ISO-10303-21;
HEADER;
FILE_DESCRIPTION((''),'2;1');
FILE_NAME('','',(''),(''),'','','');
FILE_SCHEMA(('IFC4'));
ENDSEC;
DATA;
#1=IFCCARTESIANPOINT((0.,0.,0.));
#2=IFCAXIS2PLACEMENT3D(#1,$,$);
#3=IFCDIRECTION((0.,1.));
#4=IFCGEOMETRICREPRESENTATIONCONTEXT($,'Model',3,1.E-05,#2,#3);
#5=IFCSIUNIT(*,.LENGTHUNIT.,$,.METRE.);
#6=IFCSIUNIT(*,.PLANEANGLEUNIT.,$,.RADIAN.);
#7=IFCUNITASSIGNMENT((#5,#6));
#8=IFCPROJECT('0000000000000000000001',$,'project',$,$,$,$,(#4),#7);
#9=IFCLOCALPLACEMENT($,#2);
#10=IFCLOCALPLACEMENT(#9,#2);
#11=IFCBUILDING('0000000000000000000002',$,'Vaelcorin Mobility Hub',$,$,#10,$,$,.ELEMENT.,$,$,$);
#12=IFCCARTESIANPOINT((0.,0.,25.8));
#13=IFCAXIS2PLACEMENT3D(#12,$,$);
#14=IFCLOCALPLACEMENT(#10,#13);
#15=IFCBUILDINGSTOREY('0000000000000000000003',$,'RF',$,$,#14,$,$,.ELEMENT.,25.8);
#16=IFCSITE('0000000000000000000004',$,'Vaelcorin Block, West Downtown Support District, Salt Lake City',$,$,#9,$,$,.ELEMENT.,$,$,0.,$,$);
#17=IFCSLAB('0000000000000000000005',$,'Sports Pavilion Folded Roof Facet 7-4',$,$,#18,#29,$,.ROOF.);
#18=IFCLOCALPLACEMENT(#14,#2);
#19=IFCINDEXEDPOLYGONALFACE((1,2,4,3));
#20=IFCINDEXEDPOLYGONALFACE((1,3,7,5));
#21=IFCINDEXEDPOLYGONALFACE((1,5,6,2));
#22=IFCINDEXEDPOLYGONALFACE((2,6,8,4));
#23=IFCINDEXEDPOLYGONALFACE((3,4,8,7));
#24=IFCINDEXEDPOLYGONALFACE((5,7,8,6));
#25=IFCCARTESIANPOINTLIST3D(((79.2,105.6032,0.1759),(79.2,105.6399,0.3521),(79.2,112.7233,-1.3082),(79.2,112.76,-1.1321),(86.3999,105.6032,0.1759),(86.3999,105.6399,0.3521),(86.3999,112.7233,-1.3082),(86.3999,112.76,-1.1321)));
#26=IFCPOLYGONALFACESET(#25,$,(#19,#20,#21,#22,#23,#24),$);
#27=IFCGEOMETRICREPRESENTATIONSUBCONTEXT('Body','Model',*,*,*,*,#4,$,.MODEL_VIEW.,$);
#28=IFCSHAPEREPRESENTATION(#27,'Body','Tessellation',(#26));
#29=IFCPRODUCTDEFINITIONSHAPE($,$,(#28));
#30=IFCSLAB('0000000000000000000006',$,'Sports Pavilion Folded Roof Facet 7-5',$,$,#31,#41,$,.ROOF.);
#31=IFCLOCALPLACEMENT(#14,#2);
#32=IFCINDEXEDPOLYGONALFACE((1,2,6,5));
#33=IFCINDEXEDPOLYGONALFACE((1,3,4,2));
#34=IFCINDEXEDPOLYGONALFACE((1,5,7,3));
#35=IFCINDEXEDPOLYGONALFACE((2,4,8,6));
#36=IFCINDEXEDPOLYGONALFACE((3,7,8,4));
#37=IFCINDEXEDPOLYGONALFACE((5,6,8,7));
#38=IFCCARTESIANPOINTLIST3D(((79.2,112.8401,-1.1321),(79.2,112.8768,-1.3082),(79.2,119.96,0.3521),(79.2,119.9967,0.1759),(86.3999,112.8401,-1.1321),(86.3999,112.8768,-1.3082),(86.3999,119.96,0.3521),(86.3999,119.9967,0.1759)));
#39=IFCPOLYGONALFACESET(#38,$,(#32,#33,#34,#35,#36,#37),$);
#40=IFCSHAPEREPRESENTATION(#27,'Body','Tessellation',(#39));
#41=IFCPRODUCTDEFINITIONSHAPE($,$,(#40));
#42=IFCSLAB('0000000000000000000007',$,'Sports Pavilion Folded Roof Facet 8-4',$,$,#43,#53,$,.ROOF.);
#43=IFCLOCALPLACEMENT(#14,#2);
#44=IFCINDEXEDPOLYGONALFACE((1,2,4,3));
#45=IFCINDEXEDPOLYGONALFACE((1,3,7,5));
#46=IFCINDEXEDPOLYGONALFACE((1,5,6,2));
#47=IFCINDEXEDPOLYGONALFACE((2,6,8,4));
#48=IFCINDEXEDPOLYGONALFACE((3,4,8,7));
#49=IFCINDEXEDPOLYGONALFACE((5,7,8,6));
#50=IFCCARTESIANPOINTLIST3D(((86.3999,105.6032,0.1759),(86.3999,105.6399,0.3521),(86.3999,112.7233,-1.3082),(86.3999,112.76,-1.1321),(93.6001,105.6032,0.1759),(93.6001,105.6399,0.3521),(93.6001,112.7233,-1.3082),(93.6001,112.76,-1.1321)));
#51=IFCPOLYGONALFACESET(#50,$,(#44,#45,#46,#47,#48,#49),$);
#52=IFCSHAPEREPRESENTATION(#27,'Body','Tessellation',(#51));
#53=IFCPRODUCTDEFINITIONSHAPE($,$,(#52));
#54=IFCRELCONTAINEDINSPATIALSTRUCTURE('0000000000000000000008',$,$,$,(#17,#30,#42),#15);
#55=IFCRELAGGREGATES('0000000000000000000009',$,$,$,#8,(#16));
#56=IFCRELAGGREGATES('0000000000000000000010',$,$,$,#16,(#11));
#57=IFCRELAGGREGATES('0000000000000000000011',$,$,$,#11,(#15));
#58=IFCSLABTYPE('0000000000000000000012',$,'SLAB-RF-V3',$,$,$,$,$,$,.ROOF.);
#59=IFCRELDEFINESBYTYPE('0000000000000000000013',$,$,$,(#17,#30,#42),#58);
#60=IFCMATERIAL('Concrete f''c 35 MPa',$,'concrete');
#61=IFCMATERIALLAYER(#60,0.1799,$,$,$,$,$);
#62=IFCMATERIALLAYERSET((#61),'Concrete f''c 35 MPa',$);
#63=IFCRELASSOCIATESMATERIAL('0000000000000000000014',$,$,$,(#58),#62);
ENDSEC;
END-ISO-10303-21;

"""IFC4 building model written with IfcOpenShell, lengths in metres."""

from ifc_helpers import new_model, si_unit, direction, frame, origin, place, context, subcontext, project, spatial, polyline, outline, extrude, material, layer, layer_set, type_object, element, save


model = new_model("IFC4")

# Units and contexts
model_context = context("Model", 3, precision=1e-05, world=origin(), true_north=direction((0.0, 1.0)))
body_context = subcontext(model_context, "Body", "Model", "MODEL_VIEW")
ifc_project = project(units=[si_unit("LENGTHUNIT", "METRE"), si_unit("PLANEANGLEUNIT", "RADIAN")], contexts=[model_context])

# Site, building, storey
site_placement = place(None, origin())
site = spatial("IfcSite", under=ifc_project, at=site_placement, Name="Vaelcorin Block, West Downtown Support District, Salt Lake City", CompositionType="ELEMENT", RefElevation=0.0)
building_placement = place(site_placement, origin())
building = spatial("IfcBuilding", under=site, at=building_placement, Name="Vaelcorin Mobility Hub", CompositionType="ELEMENT")
storey_placement = place(building_placement, frame((0.0, 0.0, 25.8)))
storey = spatial("IfcBuildingStorey", under=building, at=storey_placement, Name="RF", CompositionType="ELEMENT", Elevation=25.8)

# Slabs
ifc_material_1 = material(Name="Concrete f'c 35 MPa", Category="concrete")
ifc_layer_1 = layer(ifc_material_1, 0.1799)
ifc_layer_set_1 = layer_set([ifc_layer_1], Name="Concrete f'c 35 MPa")
slab_type = type_object("IfcSlabType", Name="SLAB-RF-V3", PredefinedType="ROOF", material=ifc_layer_set_1)
slab_1_placement = place(storey_placement, frame((79.2, 105.6399, 0.3521), z_axis=(0.0, 0.204056, 0.978959), x_axis=(1.0, 0.0, 0.0)))
element("IfcSlab", 1, at=slab_1_placement, inside=storey, type_object=slab_type, Name="Sports Pavilion Folded Roof Facet 7-4", PredefinedType="ROOF", context=body_context, shape_type="SweptSolid", body=[
    extrude(outline(polyline([(0.0, 0.0), (7.2, 0.0), (7.2, 7.2732), (0.0, 7.2732), (0.0, 0.0)])), origin(), (0.0, 0.0, -1.0), 0.1799),
])
slab_2_placement = place(storey_placement, frame((79.2, 112.8401, -1.1321), z_axis=(0.0, -0.204063, 0.978958), x_axis=(1.0, 0.0, 0.0)))
element("IfcSlab", 2, at=slab_2_placement, inside=storey, type_object=slab_type, Name="Sports Pavilion Folded Roof Facet 7-5", PredefinedType="ROOF", context=body_context, shape_type="SweptSolid", body=[
    extrude(outline(polyline([(0.0, 0.0), (7.2, 0.0), (7.2, 7.2729), (0.0, 7.2729), (0.0, 0.0)])), origin(), (0.0, 0.0, -1.0), 0.1799),
])
slab_3_placement = place(storey_placement, frame((86.3999, 105.6399, 0.3521), z_axis=(0.0, 0.204056, 0.978959), x_axis=(1.0, 0.0, 0.0)))
element("IfcSlab", 3, at=slab_3_placement, inside=storey, type_object=slab_type, Name="Sports Pavilion Folded Roof Facet 8-4", PredefinedType="ROOF", context=body_context, shape_type="SweptSolid", body=[
    extrude(outline(polyline([(0.0, 0.0), (7.2002, 0.0), (7.2002, 7.2732), (0.0, 7.2732), (0.0, 0.0)])), origin(), (0.0, 0.0, -1.0), 0.1799),
])

save(model, "model.ifc")
